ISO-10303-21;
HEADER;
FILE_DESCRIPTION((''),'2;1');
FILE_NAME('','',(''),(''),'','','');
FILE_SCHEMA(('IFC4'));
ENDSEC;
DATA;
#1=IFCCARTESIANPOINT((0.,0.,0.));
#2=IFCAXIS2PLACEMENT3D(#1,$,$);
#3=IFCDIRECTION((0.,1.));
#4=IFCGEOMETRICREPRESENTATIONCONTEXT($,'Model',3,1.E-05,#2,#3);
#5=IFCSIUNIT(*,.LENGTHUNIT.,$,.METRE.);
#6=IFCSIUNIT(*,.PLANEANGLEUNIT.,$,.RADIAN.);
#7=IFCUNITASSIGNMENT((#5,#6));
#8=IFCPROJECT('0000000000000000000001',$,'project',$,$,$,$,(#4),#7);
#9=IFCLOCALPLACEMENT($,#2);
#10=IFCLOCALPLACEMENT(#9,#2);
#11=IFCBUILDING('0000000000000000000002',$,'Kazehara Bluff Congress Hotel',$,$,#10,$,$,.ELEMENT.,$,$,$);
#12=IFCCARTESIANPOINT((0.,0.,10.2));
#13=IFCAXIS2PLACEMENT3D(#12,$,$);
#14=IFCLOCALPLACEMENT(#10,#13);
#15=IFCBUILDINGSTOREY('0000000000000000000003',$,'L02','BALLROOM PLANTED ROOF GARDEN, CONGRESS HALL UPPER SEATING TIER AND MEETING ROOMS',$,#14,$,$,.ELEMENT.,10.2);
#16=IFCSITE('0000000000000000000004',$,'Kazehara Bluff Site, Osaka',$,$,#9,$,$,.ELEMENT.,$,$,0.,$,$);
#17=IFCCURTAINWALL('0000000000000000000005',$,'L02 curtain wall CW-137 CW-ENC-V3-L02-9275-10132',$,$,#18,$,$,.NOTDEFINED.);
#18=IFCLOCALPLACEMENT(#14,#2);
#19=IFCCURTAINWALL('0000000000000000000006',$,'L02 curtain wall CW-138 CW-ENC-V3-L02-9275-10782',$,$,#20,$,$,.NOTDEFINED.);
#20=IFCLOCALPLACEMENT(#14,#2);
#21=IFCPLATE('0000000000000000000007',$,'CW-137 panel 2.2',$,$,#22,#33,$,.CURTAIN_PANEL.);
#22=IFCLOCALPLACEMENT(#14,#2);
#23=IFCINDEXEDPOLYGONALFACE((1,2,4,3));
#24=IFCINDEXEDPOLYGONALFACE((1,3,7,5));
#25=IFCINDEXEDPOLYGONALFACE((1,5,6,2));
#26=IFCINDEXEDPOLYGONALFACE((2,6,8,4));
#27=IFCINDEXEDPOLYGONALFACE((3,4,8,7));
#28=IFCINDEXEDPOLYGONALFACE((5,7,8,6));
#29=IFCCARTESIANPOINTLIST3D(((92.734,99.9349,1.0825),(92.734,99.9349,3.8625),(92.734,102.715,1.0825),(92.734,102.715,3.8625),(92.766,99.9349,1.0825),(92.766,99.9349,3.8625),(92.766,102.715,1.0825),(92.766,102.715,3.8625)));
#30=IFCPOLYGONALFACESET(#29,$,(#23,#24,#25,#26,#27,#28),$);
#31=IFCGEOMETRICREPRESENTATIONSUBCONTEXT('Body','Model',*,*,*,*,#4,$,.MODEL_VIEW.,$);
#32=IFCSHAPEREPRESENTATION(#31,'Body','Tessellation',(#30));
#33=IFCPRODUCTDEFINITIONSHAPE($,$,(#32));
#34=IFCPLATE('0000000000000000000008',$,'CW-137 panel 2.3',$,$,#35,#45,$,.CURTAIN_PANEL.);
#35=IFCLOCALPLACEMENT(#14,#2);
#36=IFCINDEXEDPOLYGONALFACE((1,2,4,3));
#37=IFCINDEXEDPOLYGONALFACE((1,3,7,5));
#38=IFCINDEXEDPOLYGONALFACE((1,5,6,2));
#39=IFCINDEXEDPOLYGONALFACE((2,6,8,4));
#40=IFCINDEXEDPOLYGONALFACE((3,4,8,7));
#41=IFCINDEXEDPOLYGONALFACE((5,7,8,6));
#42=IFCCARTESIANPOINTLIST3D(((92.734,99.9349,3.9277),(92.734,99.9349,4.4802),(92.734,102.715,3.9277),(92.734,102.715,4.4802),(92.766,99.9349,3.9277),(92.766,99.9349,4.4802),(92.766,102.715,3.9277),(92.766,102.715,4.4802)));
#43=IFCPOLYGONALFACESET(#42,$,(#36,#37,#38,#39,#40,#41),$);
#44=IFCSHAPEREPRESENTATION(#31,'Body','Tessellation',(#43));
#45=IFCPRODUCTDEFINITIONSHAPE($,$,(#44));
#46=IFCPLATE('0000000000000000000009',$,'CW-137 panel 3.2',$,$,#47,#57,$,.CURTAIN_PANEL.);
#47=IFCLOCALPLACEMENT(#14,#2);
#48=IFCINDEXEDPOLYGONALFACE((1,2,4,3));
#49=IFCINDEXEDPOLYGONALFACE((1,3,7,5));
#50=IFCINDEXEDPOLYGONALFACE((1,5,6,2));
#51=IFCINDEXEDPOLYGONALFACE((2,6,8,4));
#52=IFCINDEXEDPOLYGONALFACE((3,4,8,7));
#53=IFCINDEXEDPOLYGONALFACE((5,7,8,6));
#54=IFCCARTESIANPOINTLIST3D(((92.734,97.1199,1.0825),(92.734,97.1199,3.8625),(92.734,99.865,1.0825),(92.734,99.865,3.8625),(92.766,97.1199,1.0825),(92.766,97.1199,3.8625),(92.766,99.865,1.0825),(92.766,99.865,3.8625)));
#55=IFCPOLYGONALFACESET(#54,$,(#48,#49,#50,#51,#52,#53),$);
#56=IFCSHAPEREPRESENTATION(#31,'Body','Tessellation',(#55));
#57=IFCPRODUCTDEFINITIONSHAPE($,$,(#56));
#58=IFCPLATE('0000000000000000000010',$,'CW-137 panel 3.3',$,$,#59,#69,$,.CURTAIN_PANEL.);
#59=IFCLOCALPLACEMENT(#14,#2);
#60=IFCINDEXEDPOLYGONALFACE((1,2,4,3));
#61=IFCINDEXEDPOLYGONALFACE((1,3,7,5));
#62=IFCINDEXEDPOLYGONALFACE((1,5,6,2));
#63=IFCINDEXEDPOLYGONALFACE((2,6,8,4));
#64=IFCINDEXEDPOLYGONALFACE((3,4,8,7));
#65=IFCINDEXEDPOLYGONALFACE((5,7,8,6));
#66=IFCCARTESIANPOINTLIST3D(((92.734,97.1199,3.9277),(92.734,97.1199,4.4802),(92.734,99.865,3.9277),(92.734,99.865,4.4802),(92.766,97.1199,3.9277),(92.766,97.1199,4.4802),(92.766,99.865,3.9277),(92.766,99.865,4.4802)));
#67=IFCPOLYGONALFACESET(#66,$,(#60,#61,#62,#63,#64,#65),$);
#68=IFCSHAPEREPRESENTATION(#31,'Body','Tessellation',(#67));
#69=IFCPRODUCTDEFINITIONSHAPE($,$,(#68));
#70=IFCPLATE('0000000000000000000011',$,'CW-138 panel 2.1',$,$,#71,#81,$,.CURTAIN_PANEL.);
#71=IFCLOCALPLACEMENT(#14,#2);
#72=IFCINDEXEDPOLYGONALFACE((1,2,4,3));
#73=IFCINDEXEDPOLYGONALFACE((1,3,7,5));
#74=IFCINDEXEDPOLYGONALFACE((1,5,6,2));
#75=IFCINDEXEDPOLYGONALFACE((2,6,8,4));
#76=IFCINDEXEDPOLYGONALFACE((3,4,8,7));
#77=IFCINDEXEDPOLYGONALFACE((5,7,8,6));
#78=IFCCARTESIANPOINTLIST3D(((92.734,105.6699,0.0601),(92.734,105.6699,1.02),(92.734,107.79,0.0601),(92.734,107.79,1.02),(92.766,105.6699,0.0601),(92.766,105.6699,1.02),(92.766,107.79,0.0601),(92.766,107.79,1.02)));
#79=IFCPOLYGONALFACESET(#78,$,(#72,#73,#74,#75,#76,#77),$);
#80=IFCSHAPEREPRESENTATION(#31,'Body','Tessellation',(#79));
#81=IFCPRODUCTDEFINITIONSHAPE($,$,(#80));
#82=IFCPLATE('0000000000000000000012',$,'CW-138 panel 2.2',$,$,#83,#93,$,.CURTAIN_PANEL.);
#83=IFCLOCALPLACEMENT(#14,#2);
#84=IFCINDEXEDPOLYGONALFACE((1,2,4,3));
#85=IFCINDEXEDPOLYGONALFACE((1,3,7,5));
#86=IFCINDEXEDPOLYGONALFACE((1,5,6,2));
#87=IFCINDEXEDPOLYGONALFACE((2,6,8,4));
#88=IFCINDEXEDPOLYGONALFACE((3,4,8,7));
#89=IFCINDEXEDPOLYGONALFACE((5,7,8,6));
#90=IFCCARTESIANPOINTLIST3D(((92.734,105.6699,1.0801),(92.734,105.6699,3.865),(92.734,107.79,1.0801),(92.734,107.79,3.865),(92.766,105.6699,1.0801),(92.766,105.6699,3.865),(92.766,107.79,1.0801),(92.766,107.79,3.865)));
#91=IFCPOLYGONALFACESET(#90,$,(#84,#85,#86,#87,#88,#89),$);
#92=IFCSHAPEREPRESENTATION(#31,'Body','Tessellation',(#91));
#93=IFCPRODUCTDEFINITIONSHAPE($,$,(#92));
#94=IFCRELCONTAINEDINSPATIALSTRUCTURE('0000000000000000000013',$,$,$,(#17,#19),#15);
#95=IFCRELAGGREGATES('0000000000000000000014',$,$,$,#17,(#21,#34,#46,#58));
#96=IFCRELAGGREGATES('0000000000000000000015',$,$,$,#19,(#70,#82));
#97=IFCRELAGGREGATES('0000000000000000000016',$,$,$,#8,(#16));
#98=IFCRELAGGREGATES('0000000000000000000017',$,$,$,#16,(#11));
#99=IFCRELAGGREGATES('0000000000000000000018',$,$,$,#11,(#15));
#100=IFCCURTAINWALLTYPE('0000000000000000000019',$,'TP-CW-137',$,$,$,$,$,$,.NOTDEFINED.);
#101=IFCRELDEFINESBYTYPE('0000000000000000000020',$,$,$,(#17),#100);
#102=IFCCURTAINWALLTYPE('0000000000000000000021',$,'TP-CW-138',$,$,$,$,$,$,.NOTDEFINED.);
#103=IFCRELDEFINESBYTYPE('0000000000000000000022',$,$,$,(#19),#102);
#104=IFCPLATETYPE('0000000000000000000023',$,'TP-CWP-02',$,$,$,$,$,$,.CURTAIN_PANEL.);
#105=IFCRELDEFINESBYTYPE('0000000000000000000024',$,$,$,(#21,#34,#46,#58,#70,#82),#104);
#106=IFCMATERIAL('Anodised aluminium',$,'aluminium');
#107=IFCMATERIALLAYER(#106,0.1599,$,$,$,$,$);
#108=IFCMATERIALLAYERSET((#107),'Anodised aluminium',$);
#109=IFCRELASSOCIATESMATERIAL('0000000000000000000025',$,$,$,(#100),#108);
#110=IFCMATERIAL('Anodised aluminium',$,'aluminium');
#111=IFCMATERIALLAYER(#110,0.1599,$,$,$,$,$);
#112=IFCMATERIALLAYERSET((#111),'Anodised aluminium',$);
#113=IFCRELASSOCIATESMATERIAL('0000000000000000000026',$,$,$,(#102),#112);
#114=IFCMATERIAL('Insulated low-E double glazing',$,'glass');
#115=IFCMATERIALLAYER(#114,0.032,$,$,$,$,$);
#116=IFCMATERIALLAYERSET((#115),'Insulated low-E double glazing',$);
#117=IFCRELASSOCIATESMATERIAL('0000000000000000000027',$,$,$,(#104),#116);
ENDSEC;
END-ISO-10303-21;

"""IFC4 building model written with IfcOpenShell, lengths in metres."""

from ifc_helpers import new_model, si_unit, direction, frame, origin, origin_2d, place, context, subcontext, project, spatial, rectangle, extrude, material, layer, layer_set, type_object, element, aggregate, save


model = new_model("IFC4")

# Units and contexts
model_context = context("Model", 3, precision=1e-05, world=origin(), true_north=direction((0.0, 1.0)))
body_context = subcontext(model_context, "Body", "Model", "MODEL_VIEW")
ifc_project = project(units=[si_unit("LENGTHUNIT", "METRE"), si_unit("PLANEANGLEUNIT", "RADIAN")], contexts=[model_context])

# Site, building, storey
site_placement = place(None, origin())
site = spatial("IfcSite", under=ifc_project, at=site_placement, Name="Kazehara Bluff Site, Osaka", CompositionType="ELEMENT", RefElevation=0.0)
building_placement = place(site_placement, origin())
building = spatial("IfcBuilding", under=site, at=building_placement, Name="Kazehara Bluff Congress Hotel", CompositionType="ELEMENT")
storey_placement = place(building_placement, frame((0.0, 0.0, 10.2)))
storey = spatial("IfcBuildingStorey", under=building, at=storey_placement, Name="L02", Description="BALLROOM PLANTED ROOF GARDEN, CONGRESS HALL UPPER SEATING TIER AND MEETING ROOMS", CompositionType="ELEMENT", Elevation=10.2)

# Curtain wall
ifc_material_1 = material(Name="Anodised aluminium", Category="aluminium")
ifc_layer_1 = layer(ifc_material_1, 0.1599)
ifc_layer_set_1 = layer_set([ifc_layer_1], Name="Anodised aluminium")
curtain_wall_type_1 = type_object("IfcCurtainWallType", Name="TP-CW-137", PredefinedType="NOTDEFINED", material=ifc_layer_set_1)
curtain_wall_1_placement = place(storey_placement, origin())
curtain_wall_1 = element("IfcCurtainWall", 1, at=curtain_wall_1_placement, inside=storey, type_object=curtain_wall_type_1, Name="L02 curtain wall CW-137 CW-ENC-V3-L02-9275-10132", PredefinedType="NOTDEFINED")

# Curtain wall
ifc_material_2 = material(Name="Anodised aluminium", Category="aluminium")
ifc_layer_2 = layer(ifc_material_2, 0.1599)
ifc_layer_set_2 = layer_set([ifc_layer_2], Name="Anodised aluminium")
curtain_wall_type_2 = type_object("IfcCurtainWallType", Name="TP-CW-138", PredefinedType="NOTDEFINED", material=ifc_layer_set_2)
curtain_wall_2_placement = place(storey_placement, origin())
curtain_wall_2 = element("IfcCurtainWall", 2, at=curtain_wall_2_placement, inside=storey, type_object=curtain_wall_type_2, Name="L02 curtain wall CW-138 CW-ENC-V3-L02-9275-10782", PredefinedType="NOTDEFINED")

# Plates
ifc_material_3 = material(Name="Insulated low-E double glazing", Category="glass")
ifc_layer_3 = layer(ifc_material_3, 0.032)
ifc_layer_set_3 = layer_set([ifc_layer_3], Name="Insulated low-E double glazing")
plate_type = type_object("IfcPlateType", Name="TP-CWP-02", PredefinedType="CURTAIN_PANEL", material=ifc_layer_set_3)
plate_1_placement = place(storey_placement, frame((92.75, 101.325, 1.0825), z_axis=(0.0, 0.0, 1.0), x_axis=(0.0, -1.0, 0.0)))
plate_1 = element("IfcPlate", 3, at=plate_1_placement, type_object=plate_type, Name="CW-137 panel 2.2", PredefinedType="CURTAIN_PANEL", context=body_context, shape_type="SweptSolid", body=[
    extrude(rectangle(XDim=2.78, YDim=0.032, at=origin_2d()), origin(), (0.0, 0.0, 1.0), 2.78),
])
plate_2_placement = place(storey_placement, frame((92.75, 101.325, 3.9277), z_axis=(0.0, 0.0, 1.0), x_axis=(0.0, -1.0, 0.0)))
plate_2 = element("IfcPlate", 4, at=plate_2_placement, type_object=plate_type, Name="CW-137 panel 2.3", PredefinedType="CURTAIN_PANEL", context=body_context, shape_type="SweptSolid", body=[
    extrude(rectangle(XDim=2.78, YDim=0.032, at=origin_2d()), origin(), (0.0, 0.0, 1.0), 0.5525),
])
plate_3_placement = place(storey_placement, frame((92.75, 98.4924, 1.0825), z_axis=(0.0, 0.0, 1.0), x_axis=(0.0, -1.0, 0.0)))
plate_3 = element("IfcPlate", 5, at=plate_3_placement, type_object=plate_type, Name="CW-137 panel 3.2", PredefinedType="CURTAIN_PANEL", context=body_context, shape_type="SweptSolid", body=[
    extrude(rectangle(XDim=2.7451, YDim=0.032, at=origin_2d()), origin(), (0.0, 0.0, 1.0), 2.78),
])
plate_4_placement = place(storey_placement, frame((92.75, 98.4924, 3.9277), z_axis=(0.0, 0.0, 1.0), x_axis=(0.0, -1.0, 0.0)))
plate_4 = element("IfcPlate", 6, at=plate_4_placement, type_object=plate_type, Name="CW-137 panel 3.3", PredefinedType="CURTAIN_PANEL", context=body_context, shape_type="SweptSolid", body=[
    extrude(rectangle(XDim=2.7451, YDim=0.032, at=origin_2d()), origin(), (0.0, 0.0, 1.0), 0.5525),
])
aggregate(curtain_wall_1, [plate_1, plate_2, plate_3, plate_4])
plate_5_placement = place(storey_placement, frame((92.75, 106.73, 0.0601), z_axis=(0.0, 0.0, 1.0), x_axis=(0.0, -1.0, 0.0)))
plate_5 = element("IfcPlate", 7, at=plate_5_placement, type_object=plate_type, Name="CW-138 panel 2.1", PredefinedType="CURTAIN_PANEL", context=body_context, shape_type="SweptSolid", body=[
    extrude(rectangle(XDim=2.1201, YDim=0.032, at=origin_2d()), origin(), (0.0, 0.0, 1.0), 0.96),
])
plate_6_placement = place(storey_placement, frame((92.75, 106.73, 1.0801), z_axis=(0.0, 0.0, 1.0), x_axis=(0.0, -1.0, 0.0)))
plate_6 = element("IfcPlate", 8, at=plate_6_placement, type_object=plate_type, Name="CW-138 panel 2.2", PredefinedType="CURTAIN_PANEL", context=body_context, shape_type="SweptSolid", body=[
    extrude(rectangle(XDim=2.1201, YDim=0.032, at=origin_2d()), origin(), (0.0, 0.0, 1.0), 2.7849),
])
aggregate(curtain_wall_2, [plate_5, plate_6])

save(model, "model.ifc")
